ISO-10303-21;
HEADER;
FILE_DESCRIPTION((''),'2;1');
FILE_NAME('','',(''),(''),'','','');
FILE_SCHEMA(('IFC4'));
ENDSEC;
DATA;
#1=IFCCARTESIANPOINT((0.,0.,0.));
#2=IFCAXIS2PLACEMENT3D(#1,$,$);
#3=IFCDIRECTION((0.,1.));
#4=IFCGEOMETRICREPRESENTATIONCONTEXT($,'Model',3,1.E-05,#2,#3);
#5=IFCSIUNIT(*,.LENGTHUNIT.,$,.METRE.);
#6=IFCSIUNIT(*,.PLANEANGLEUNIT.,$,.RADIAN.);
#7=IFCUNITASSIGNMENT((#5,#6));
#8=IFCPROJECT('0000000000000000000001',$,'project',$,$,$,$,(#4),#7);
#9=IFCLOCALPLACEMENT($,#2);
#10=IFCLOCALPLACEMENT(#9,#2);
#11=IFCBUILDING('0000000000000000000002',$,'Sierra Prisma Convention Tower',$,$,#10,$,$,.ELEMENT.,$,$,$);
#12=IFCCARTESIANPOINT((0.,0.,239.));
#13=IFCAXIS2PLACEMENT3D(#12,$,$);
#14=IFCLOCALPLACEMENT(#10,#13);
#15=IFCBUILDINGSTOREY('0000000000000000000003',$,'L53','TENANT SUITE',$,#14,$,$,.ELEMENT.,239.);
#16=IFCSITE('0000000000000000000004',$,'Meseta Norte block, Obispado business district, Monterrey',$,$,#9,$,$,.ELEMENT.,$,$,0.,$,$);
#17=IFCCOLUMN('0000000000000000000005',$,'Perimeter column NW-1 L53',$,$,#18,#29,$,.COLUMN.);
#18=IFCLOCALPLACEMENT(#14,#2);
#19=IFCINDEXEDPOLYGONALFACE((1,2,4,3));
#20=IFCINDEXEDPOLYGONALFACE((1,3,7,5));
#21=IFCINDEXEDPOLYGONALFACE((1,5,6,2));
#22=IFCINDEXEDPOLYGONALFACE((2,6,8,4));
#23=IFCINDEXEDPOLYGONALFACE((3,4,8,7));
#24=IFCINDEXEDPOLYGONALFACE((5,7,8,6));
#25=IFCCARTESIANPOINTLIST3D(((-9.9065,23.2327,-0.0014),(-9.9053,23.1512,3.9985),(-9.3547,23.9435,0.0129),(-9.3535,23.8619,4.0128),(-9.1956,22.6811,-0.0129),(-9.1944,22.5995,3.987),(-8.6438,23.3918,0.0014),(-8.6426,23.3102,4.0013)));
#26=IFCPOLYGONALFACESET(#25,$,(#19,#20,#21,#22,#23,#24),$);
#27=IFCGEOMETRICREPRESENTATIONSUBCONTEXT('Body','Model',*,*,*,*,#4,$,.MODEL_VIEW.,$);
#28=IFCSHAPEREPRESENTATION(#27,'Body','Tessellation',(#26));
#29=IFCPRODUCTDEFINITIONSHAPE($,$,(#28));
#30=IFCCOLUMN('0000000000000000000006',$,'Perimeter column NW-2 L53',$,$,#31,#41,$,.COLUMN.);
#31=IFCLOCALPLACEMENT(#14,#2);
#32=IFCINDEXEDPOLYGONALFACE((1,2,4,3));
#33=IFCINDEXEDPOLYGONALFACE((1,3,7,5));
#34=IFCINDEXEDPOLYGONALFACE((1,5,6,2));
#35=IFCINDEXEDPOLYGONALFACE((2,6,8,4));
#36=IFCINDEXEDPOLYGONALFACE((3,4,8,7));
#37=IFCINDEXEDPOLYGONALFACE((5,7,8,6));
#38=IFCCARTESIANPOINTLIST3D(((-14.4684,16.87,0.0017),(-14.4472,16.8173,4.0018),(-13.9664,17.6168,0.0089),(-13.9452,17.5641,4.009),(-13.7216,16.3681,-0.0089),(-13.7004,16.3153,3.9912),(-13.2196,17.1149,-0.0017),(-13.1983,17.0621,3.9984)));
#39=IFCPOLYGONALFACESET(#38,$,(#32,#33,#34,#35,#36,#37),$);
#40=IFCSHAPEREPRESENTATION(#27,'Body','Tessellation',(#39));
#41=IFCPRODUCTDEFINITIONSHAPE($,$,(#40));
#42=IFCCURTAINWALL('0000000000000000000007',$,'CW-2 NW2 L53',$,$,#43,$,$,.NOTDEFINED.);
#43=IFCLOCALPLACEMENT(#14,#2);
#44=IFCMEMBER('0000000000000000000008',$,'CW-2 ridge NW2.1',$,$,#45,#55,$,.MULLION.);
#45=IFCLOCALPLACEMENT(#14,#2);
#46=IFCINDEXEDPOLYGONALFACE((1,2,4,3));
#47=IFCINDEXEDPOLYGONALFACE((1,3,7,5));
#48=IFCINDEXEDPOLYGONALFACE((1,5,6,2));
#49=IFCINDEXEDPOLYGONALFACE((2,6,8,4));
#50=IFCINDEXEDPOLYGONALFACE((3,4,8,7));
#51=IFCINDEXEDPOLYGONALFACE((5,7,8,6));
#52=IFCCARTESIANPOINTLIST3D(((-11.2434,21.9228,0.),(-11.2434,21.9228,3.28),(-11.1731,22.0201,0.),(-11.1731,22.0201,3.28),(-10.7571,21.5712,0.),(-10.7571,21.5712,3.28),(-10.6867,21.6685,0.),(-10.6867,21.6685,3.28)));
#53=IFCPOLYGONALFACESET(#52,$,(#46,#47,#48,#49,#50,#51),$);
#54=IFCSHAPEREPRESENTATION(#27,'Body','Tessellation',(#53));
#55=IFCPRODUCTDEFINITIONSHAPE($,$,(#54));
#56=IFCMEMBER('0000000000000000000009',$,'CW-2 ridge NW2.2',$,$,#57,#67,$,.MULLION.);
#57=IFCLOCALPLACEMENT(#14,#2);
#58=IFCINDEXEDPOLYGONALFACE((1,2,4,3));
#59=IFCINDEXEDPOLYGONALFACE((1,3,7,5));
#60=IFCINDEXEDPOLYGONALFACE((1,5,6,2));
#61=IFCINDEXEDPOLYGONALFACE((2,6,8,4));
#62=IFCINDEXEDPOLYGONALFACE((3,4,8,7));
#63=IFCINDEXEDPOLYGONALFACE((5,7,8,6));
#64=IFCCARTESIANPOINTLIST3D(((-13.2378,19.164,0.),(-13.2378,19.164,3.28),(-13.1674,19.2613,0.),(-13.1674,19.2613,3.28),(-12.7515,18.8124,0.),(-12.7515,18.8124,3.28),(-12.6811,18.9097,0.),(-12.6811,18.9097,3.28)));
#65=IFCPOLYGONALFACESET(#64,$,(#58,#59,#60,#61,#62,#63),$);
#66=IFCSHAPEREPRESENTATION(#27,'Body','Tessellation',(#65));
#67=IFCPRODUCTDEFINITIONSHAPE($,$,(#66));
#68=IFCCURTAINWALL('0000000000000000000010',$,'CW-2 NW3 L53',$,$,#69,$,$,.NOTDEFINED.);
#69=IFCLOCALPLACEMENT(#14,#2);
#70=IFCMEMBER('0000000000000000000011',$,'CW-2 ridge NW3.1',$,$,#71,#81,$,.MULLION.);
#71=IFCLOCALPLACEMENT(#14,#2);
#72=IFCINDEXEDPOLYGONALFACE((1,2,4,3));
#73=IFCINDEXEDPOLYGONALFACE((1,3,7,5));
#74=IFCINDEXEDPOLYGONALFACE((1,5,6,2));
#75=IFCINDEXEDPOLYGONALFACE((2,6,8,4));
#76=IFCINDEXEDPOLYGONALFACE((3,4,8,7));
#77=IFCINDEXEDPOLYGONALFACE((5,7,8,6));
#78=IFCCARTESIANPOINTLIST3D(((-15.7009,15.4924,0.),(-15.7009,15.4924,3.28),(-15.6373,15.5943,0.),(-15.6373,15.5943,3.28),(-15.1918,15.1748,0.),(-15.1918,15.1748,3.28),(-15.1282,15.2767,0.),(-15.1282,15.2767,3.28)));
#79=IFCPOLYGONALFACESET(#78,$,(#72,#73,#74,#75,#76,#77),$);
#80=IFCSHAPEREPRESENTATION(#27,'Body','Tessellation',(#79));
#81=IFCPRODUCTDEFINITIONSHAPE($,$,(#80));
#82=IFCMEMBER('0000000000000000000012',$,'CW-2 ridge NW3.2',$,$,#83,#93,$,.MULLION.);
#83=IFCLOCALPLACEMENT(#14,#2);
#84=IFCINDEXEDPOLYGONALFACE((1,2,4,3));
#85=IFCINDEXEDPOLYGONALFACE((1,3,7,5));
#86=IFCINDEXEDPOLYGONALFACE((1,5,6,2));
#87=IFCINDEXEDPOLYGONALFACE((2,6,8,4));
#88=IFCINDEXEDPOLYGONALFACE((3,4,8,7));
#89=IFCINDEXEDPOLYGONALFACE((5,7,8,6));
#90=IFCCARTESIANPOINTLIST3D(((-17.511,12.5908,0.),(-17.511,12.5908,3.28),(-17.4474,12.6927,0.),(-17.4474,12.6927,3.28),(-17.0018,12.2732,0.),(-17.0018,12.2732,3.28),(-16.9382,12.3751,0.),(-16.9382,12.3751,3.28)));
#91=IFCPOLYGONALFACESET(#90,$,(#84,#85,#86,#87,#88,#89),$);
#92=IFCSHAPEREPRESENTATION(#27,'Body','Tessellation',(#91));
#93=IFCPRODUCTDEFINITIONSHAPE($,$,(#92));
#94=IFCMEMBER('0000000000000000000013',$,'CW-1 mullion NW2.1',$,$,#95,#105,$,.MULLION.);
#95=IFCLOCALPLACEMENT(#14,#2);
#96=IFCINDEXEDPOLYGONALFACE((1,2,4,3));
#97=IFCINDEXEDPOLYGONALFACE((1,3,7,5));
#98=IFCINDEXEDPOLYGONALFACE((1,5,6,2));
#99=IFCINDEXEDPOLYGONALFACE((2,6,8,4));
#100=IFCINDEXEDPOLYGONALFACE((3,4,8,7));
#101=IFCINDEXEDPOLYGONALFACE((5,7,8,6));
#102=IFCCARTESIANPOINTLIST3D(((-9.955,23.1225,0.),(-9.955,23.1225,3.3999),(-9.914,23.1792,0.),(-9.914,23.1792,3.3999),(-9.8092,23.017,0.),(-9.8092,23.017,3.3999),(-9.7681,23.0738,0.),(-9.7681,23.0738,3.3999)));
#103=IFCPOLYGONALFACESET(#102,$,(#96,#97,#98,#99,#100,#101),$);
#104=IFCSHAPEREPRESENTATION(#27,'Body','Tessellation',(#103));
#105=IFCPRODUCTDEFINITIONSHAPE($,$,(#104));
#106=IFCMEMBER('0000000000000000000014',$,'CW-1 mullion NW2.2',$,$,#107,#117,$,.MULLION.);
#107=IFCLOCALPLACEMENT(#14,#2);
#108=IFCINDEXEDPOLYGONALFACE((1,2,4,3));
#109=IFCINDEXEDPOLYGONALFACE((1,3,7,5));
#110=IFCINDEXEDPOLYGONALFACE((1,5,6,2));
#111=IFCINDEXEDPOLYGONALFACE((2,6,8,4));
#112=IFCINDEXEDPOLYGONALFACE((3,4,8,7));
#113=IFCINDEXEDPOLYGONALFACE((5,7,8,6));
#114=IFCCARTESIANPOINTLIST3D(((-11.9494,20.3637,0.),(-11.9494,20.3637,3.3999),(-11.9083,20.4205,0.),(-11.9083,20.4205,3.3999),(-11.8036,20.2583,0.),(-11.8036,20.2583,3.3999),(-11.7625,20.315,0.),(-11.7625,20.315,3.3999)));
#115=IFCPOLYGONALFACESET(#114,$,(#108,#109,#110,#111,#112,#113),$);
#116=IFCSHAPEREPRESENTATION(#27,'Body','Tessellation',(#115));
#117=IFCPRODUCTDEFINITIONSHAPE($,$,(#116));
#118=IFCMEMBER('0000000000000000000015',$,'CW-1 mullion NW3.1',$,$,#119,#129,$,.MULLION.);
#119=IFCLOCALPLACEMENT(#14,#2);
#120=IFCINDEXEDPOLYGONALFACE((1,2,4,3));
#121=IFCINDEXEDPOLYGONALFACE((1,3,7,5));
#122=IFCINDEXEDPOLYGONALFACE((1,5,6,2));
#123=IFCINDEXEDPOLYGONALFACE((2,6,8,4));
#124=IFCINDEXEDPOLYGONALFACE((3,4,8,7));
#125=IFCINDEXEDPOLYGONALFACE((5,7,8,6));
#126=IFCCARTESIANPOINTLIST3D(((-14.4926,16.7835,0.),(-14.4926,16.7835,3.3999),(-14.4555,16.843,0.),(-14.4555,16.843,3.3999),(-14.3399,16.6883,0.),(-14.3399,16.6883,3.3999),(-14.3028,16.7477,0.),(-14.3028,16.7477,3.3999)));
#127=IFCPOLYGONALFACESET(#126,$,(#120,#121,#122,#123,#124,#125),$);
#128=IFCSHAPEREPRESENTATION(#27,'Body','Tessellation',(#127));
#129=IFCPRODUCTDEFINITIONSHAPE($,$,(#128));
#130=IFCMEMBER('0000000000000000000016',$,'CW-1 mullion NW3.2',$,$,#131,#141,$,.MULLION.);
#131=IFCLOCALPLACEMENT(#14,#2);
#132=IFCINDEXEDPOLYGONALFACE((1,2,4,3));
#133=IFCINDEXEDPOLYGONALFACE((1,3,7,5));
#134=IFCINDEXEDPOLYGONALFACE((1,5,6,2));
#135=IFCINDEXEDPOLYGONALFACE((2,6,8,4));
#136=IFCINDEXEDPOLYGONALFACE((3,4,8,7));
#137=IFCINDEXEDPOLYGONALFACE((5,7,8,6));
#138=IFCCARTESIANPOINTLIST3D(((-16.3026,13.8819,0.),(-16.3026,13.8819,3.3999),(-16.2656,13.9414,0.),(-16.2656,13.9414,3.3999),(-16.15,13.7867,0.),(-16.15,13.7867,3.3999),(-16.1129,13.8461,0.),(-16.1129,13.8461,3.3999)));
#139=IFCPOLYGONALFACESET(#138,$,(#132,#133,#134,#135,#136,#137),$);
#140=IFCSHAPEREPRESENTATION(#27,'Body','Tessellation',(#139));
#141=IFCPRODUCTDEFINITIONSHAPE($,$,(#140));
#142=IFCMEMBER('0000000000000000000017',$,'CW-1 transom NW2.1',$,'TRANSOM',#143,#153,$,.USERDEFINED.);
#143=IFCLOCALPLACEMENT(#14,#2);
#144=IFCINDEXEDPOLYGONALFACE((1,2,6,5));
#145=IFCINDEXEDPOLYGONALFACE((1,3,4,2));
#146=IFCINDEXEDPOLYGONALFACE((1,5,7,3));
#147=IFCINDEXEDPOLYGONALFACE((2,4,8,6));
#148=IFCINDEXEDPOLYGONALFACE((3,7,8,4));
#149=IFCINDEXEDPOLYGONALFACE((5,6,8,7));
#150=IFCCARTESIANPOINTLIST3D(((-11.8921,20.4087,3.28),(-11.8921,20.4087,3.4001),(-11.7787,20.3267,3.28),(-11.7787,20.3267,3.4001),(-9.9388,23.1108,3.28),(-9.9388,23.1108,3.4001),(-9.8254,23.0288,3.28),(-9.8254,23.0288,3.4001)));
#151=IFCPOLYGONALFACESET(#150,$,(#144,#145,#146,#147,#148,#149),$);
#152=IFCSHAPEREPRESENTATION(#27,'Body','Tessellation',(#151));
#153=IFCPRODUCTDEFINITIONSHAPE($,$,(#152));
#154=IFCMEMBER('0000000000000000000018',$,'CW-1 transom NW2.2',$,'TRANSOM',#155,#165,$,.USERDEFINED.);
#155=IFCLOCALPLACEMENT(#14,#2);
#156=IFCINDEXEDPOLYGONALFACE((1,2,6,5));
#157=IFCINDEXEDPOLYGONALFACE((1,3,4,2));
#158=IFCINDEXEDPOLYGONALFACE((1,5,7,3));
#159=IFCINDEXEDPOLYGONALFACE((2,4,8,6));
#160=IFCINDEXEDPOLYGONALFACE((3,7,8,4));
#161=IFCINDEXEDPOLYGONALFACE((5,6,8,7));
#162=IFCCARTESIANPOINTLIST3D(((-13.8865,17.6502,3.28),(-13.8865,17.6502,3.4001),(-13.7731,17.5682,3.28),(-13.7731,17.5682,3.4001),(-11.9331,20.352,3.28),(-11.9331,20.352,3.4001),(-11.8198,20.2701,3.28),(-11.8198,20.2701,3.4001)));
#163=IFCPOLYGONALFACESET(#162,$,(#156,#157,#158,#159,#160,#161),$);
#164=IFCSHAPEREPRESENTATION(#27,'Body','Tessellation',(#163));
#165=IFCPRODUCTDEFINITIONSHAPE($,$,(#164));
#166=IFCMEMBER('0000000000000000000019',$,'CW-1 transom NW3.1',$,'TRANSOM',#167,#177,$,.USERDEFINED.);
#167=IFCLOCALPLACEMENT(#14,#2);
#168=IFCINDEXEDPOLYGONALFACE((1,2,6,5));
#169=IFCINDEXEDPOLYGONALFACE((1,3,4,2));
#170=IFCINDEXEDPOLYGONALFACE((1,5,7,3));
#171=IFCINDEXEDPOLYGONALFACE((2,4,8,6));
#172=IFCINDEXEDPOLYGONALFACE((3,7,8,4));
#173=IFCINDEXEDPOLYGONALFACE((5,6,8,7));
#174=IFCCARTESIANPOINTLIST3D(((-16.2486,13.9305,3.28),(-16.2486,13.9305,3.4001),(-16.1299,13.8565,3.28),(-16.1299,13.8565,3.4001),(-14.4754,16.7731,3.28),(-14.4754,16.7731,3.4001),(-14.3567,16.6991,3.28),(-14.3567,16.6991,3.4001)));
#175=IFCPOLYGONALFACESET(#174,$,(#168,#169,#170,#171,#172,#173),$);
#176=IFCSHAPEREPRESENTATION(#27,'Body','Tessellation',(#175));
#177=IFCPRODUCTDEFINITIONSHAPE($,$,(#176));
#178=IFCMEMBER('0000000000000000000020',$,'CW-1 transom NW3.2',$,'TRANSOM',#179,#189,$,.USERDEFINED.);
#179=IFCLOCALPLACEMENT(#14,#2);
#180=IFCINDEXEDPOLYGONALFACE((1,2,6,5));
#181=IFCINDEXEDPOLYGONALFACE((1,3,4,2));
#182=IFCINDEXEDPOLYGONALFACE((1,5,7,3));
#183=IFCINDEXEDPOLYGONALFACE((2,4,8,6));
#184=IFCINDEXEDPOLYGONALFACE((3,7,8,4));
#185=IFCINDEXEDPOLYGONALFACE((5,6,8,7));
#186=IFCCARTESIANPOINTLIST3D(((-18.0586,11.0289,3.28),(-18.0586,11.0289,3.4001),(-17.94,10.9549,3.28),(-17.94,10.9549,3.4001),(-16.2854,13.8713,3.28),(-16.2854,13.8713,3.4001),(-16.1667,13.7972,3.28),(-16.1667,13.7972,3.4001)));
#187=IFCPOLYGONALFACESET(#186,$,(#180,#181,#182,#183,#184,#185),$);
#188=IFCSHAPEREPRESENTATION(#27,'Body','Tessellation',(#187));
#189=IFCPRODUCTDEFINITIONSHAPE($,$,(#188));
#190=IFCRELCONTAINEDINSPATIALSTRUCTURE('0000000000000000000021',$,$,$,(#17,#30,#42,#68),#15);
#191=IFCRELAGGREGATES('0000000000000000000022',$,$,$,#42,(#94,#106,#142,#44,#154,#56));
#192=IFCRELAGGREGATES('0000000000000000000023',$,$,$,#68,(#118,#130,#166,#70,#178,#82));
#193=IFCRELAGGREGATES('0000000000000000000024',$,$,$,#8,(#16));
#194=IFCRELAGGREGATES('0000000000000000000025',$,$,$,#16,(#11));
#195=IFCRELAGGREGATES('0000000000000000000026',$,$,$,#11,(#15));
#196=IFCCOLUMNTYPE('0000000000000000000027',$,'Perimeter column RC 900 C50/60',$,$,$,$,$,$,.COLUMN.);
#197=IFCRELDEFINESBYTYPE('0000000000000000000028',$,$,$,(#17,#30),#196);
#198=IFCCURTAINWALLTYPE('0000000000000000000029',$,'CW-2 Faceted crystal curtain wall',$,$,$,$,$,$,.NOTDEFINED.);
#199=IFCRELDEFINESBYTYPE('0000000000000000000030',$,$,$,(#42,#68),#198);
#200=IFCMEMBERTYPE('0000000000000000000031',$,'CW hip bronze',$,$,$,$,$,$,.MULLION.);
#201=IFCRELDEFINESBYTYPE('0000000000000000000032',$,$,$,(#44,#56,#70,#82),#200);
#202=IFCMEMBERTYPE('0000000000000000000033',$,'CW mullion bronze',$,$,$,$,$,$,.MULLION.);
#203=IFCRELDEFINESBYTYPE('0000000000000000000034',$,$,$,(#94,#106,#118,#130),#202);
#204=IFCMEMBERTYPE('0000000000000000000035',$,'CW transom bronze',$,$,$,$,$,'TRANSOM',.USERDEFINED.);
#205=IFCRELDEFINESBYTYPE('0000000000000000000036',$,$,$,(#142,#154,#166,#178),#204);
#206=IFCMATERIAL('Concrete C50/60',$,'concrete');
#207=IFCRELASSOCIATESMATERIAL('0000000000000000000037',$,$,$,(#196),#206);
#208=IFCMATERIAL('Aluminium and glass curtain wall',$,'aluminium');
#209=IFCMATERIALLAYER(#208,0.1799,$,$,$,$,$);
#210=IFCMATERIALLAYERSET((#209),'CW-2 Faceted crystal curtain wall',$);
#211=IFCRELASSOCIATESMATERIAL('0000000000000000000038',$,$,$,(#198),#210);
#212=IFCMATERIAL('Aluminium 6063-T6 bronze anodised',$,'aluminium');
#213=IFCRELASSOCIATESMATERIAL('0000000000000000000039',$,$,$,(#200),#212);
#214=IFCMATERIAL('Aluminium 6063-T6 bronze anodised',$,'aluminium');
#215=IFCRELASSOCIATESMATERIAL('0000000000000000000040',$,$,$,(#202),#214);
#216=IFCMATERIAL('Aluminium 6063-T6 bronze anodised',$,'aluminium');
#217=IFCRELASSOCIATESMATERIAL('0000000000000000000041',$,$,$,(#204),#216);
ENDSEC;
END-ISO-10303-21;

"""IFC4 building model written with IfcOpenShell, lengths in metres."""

from ifc_helpers import new_model, si_unit, direction, frame, origin, origin_2d, place, context, subcontext, project, spatial, rectangle, extrude, material, layer, layer_set, material_profile, profile_set, type_object, element, aggregate, save


model = new_model("IFC4")

# Units and contexts
model_context = context("Model", 3, precision=1e-05, world=origin(), true_north=direction((0.0, 1.0)))
body_context = subcontext(model_context, "Body", "Model", "MODEL_VIEW")
ifc_project = project(units=[si_unit("LENGTHUNIT", "METRE"), si_unit("PLANEANGLEUNIT", "RADIAN")], contexts=[model_context])

# Site, building, storey
site_placement = place(None, origin())
site = spatial("IfcSite", under=ifc_project, at=site_placement, Name="Meseta Norte block, Obispado business district, Monterrey", CompositionType="ELEMENT", RefElevation=0.0)
building_placement = place(site_placement, origin())
building = spatial("IfcBuilding", under=site, at=building_placement, Name="Sierra Prisma Convention Tower", CompositionType="ELEMENT")
storey_placement = place(building_placement, frame((0.0, 0.0, 239.0)))
storey = spatial("IfcBuildingStorey", under=building, at=storey_placement, Name="L53", Description="TENANT SUITE", CompositionType="ELEMENT", Elevation=239.0)

# Columns
ifc_material_1 = material(Name="Concrete C50/60", Category="concrete")
ifc_material_profile_1 = material_profile(ifc_material_1, rectangle(XDim=0.8999, YDim=0.8999, at=origin_2d()), Name="Perimeter column RC 900 C50/60")
ifc_profile_set_1 = profile_set([ifc_material_profile_1], Name="Concrete C50/60")
column_type = type_object("IfcColumnType", Name="Perimeter column RC 900 C50/60", PredefinedType="COLUMN", material=ifc_profile_set_1)
column_1_placement = place(storey_placement, frame((-9.2751, 23.3123, 0.0), z_axis=(0.000305, -0.020382, 0.999792), x_axis=(0.613179, 0.789784, 0.015913)))
element("IfcColumn", 1, at=column_1_placement, inside=storey, type_object=column_type, Name="Perimeter column NW-1 L53", PredefinedType="COLUMN", context=body_context, shape_type="SweptSolid", body=[
    extrude(rectangle(XDim=0.8999, YDim=0.8999, at=origin_2d()), origin(), (0.0, 0.0, 1.0), 4.0007),
])
column_2_placement = place(storey_placement, frame((-13.844, 16.9924, 0.0), z_axis=(0.00531, -0.013182, 0.999899), x_axis=(0.557879, 0.829884, 0.007978)))
element("IfcColumn", 2, at=column_2_placement, inside=storey, type_object=column_type, Name="Perimeter column NW-2 L53", PredefinedType="COLUMN", context=body_context, shape_type="SweptSolid", body=[
    extrude(rectangle(XDim=0.8999, YDim=0.8999, at=origin_2d()), origin(), (0.0, 0.0, 1.0), 4.0005),
])

# Curtain walls, members
ifc_material_2 = material(Name="Aluminium and glass curtain wall", Category="aluminium")
ifc_layer_1 = layer(ifc_material_2, 0.1799)
ifc_layer_set_1 = layer_set([ifc_layer_1], Name="CW-2 Faceted crystal curtain wall")
curtain_wall_type = type_object("IfcCurtainWallType", Name="CW-2 Faceted crystal curtain wall", PredefinedType="NOTDEFINED", material=ifc_layer_set_1)
curtain_wall_1_placement = place(storey_placement, origin())
curtain_wall_1 = element("IfcCurtainWall", 3, at=curtain_wall_1_placement, inside=storey, type_object=curtain_wall_type, Name="CW-2 NW2 L53", PredefinedType="NOTDEFINED")
ifc_material_3 = material(Name="Aluminium 6063-T6 bronze anodised", Category="aluminium")
ifc_material_profile_2 = material_profile(ifc_material_3, rectangle(XDim=0.1201, YDim=0.6001, at=origin_2d()), Name="ALU RIDGE BLADE 120x600")
ifc_profile_set_2 = profile_set([ifc_material_profile_2], Name="Aluminium 6063-T6 bronze anodised")
member_type_1 = type_object("IfcMemberType", Name="CW hip bronze", PredefinedType="MULLION", material=ifc_profile_set_2)
member_1_placement = place(storey_placement, frame((-10.9651, 21.7957, 0.0), z_axis=(0.0, 0.0, 1.0), x_axis=(-0.585874, -0.810402, 0.0)))
member_1 = element("IfcMember", 4, at=member_1_placement, type_object=member_type_1, Name="CW-2 ridge NW2.1", PredefinedType="MULLION", context=body_context, shape_type="SweptSolid", body=[
    extrude(rectangle(XDim=0.1201, YDim=0.6001, at=origin_2d()), origin(), (0.0, 0.0, 1.0), 3.28),
])
member_2_placement = place(storey_placement, frame((-12.9595, 19.0369, 0.0), z_axis=(0.0, 0.0, 1.0), x_axis=(-0.585874, -0.810402, 0.0)))
member_2 = element("IfcMember", 5, at=member_2_placement, type_object=member_type_1, Name="CW-2 ridge NW2.2", PredefinedType="MULLION", context=body_context, shape_type="SweptSolid", body=[
    extrude(rectangle(XDim=0.1201, YDim=0.6001, at=origin_2d()), origin(), (0.0, 0.0, 1.0), 3.28),
])
curtain_wall_2_placement = place(storey_placement, origin())
curtain_wall_2 = element("IfcCurtainWall", 6, at=curtain_wall_2_placement, inside=storey, type_object=curtain_wall_type, Name="CW-2 NW3 L53", PredefinedType="NOTDEFINED")
member_3_placement = place(storey_placement, frame((-15.4146, 15.3845, 0.0), z_axis=(0.0, 0.0, 1.0), x_axis=(-0.529252, -0.848465, 0.0)))
member_3 = element("IfcMember", 7, at=member_3_placement, type_object=member_type_1, Name="CW-2 ridge NW3.1", PredefinedType="MULLION", context=body_context, shape_type="SweptSolid", body=[
    extrude(rectangle(XDim=0.1201, YDim=0.6001, at=origin_2d()), origin(), (0.0, 0.0, 1.0), 3.28),
])
member_4_placement = place(storey_placement, frame((-17.2246, 12.4829, 0.0), z_axis=(0.0, 0.0, 1.0), x_axis=(-0.529252, -0.848465, 0.0)))
member_4 = element("IfcMember", 8, at=member_4_placement, type_object=member_type_1, Name="CW-2 ridge NW3.2", PredefinedType="MULLION", context=body_context, shape_type="SweptSolid", body=[
    extrude(rectangle(XDim=0.1201, YDim=0.6001, at=origin_2d()), origin(), (0.0, 0.0, 1.0), 3.28),
])

# Members
ifc_material_4 = material(Name="Aluminium 6063-T6 bronze anodised", Category="aluminium")
ifc_material_profile_3 = material_profile(ifc_material_4, rectangle(XDim=0.1799, YDim=0.0701, at=origin_2d()), Name="ALU MULLION 70x180")
ifc_profile_set_3 = profile_set([ifc_material_profile_3], Name="Aluminium 6063-T6 bronze anodised")
member_type_2 = type_object("IfcMemberType", Name="CW mullion bronze", PredefinedType="MULLION", material=ifc_profile_set_3)
member_5_placement = place(storey_placement, frame((-9.8616, 23.0981, 0.0), z_axis=(0.0, 0.0, 1.0), x_axis=(0.810402, -0.585874, 0.0)))
member_5 = element("IfcMember", 9, at=member_5_placement, type_object=member_type_2, Name="CW-1 mullion NW2.1", PredefinedType="MULLION", context=body_context, shape_type="SweptSolid", body=[
    extrude(rectangle(XDim=0.1799, YDim=0.0701, at=origin_2d()), origin(), (0.0, 0.0, 1.0), 3.3999),
])
member_6_placement = place(storey_placement, frame((-11.856, 20.3394, 0.0), z_axis=(0.0, 0.0, 1.0), x_axis=(0.810402, -0.585874, 0.0)))
member_6 = element("IfcMember", 10, at=member_6_placement, type_object=member_type_2, Name="CW-1 mullion NW2.2", PredefinedType="MULLION", context=body_context, shape_type="SweptSolid", body=[
    extrude(rectangle(XDim=0.1799, YDim=0.0701, at=origin_2d()), origin(), (0.0, 0.0, 1.0), 3.3999),
])
member_7_placement = place(storey_placement, frame((-14.3977, 16.7656, 0.0), z_axis=(0.0, 0.0, 1.0), x_axis=(0.848465, -0.529252, 0.0)))
member_7 = element("IfcMember", 11, at=member_7_placement, type_object=member_type_2, Name="CW-1 mullion NW3.1", PredefinedType="MULLION", context=body_context, shape_type="SweptSolid", body=[
    extrude(rectangle(XDim=0.1799, YDim=0.0701, at=origin_2d()), origin(), (0.0, 0.0, 1.0), 3.3999),
])
member_8_placement = place(storey_placement, frame((-16.2078, 13.864, 0.0), z_axis=(0.0, 0.0, 1.0), x_axis=(0.848465, -0.529252, 0.0)))
member_8 = element("IfcMember", 12, at=member_8_placement, type_object=member_type_2, Name="CW-1 mullion NW3.2", PredefinedType="MULLION", context=body_context, shape_type="SweptSolid", body=[
    extrude(rectangle(XDim=0.1799, YDim=0.0701, at=origin_2d()), origin(), (0.0, 0.0, 1.0), 3.3999),
])
ifc_material_5 = material(Name="Aluminium 6063-T6 bronze anodised", Category="aluminium")
ifc_material_profile_4 = material_profile(ifc_material_5, rectangle(XDim=0.1399, YDim=0.1201, at=origin_2d()), Name="ALU TRANSOM 120x140")
ifc_profile_set_4 = profile_set([ifc_material_profile_4], Name="Aluminium 6063-T6 bronze anodised")
member_type_3 = type_object("IfcMemberType", Name="CW transom bronze", ElementType="TRANSOM", PredefinedType="USERDEFINED", material=ifc_profile_set_4)
member_9_placement = place(storey_placement, frame((-9.8821, 23.0698, 3.3401), z_axis=(-0.585849, -0.81042, 0.0), x_axis=(0.81042, -0.585849, 0.0)))
member_9 = element("IfcMember", 13, at=member_9_placement, type_object=member_type_3, Name="CW-1 transom NW2.1", ObjectType="TRANSOM", PredefinedType="USERDEFINED", context=body_context, shape_type="SweptSolid", body=[
    extrude(rectangle(XDim=0.1399, YDim=0.1201, at=origin_2d()), origin(), (0.0, 0.0, 1.0), 3.3342),
])
member_10_placement = place(storey_placement, frame((-11.8765, 20.311, 3.3401), z_axis=(-0.585884, -0.810395, 0.0), x_axis=(0.810395, -0.585884, 0.0)))
member_10 = element("IfcMember", 14, at=member_10_placement, type_object=member_type_3, Name="CW-1 transom NW2.2", ObjectType="TRANSOM", PredefinedType="USERDEFINED", context=body_context, shape_type="SweptSolid", body=[
    extrude(rectangle(XDim=0.1399, YDim=0.1201, at=origin_2d()), origin(), (0.0, 0.0, 1.0), 3.334),
])
member_11_placement = place(storey_placement, frame((-14.416, 16.7361, 3.3401), z_axis=(-0.529272, -0.848452, 0.0), x_axis=(0.848452, -0.529272, 0.0)))
member_11 = element("IfcMember", 15, at=member_11_placement, type_object=member_type_3, Name="CW-1 transom NW3.1", ObjectType="TRANSOM", PredefinedType="USERDEFINED", context=body_context, shape_type="SweptSolid", body=[
    extrude(rectangle(XDim=0.1399, YDim=0.1201, at=origin_2d()), origin(), (0.0, 0.0, 1.0), 3.3503),
])
member_12_placement = place(storey_placement, frame((-16.2261, 13.8342, 3.3401), z_axis=(-0.529304, -0.848432, 0.0), x_axis=(0.848432, -0.529304, 0.0)))
member_12 = element("IfcMember", 16, at=member_12_placement, type_object=member_type_3, Name="CW-1 transom NW3.2", ObjectType="TRANSOM", PredefinedType="USERDEFINED", context=body_context, shape_type="SweptSolid", body=[
    extrude(rectangle(XDim=0.1399, YDim=0.1201, at=origin_2d()), origin(), (0.0, 0.0, 1.0), 3.3501),
])

aggregate(curtain_wall_1, [member_5, member_6, member_9, member_1, member_10, member_2])
aggregate(curtain_wall_2, [member_7, member_8, member_11, member_3, member_12, member_4])

save(model, "model.ifc")
